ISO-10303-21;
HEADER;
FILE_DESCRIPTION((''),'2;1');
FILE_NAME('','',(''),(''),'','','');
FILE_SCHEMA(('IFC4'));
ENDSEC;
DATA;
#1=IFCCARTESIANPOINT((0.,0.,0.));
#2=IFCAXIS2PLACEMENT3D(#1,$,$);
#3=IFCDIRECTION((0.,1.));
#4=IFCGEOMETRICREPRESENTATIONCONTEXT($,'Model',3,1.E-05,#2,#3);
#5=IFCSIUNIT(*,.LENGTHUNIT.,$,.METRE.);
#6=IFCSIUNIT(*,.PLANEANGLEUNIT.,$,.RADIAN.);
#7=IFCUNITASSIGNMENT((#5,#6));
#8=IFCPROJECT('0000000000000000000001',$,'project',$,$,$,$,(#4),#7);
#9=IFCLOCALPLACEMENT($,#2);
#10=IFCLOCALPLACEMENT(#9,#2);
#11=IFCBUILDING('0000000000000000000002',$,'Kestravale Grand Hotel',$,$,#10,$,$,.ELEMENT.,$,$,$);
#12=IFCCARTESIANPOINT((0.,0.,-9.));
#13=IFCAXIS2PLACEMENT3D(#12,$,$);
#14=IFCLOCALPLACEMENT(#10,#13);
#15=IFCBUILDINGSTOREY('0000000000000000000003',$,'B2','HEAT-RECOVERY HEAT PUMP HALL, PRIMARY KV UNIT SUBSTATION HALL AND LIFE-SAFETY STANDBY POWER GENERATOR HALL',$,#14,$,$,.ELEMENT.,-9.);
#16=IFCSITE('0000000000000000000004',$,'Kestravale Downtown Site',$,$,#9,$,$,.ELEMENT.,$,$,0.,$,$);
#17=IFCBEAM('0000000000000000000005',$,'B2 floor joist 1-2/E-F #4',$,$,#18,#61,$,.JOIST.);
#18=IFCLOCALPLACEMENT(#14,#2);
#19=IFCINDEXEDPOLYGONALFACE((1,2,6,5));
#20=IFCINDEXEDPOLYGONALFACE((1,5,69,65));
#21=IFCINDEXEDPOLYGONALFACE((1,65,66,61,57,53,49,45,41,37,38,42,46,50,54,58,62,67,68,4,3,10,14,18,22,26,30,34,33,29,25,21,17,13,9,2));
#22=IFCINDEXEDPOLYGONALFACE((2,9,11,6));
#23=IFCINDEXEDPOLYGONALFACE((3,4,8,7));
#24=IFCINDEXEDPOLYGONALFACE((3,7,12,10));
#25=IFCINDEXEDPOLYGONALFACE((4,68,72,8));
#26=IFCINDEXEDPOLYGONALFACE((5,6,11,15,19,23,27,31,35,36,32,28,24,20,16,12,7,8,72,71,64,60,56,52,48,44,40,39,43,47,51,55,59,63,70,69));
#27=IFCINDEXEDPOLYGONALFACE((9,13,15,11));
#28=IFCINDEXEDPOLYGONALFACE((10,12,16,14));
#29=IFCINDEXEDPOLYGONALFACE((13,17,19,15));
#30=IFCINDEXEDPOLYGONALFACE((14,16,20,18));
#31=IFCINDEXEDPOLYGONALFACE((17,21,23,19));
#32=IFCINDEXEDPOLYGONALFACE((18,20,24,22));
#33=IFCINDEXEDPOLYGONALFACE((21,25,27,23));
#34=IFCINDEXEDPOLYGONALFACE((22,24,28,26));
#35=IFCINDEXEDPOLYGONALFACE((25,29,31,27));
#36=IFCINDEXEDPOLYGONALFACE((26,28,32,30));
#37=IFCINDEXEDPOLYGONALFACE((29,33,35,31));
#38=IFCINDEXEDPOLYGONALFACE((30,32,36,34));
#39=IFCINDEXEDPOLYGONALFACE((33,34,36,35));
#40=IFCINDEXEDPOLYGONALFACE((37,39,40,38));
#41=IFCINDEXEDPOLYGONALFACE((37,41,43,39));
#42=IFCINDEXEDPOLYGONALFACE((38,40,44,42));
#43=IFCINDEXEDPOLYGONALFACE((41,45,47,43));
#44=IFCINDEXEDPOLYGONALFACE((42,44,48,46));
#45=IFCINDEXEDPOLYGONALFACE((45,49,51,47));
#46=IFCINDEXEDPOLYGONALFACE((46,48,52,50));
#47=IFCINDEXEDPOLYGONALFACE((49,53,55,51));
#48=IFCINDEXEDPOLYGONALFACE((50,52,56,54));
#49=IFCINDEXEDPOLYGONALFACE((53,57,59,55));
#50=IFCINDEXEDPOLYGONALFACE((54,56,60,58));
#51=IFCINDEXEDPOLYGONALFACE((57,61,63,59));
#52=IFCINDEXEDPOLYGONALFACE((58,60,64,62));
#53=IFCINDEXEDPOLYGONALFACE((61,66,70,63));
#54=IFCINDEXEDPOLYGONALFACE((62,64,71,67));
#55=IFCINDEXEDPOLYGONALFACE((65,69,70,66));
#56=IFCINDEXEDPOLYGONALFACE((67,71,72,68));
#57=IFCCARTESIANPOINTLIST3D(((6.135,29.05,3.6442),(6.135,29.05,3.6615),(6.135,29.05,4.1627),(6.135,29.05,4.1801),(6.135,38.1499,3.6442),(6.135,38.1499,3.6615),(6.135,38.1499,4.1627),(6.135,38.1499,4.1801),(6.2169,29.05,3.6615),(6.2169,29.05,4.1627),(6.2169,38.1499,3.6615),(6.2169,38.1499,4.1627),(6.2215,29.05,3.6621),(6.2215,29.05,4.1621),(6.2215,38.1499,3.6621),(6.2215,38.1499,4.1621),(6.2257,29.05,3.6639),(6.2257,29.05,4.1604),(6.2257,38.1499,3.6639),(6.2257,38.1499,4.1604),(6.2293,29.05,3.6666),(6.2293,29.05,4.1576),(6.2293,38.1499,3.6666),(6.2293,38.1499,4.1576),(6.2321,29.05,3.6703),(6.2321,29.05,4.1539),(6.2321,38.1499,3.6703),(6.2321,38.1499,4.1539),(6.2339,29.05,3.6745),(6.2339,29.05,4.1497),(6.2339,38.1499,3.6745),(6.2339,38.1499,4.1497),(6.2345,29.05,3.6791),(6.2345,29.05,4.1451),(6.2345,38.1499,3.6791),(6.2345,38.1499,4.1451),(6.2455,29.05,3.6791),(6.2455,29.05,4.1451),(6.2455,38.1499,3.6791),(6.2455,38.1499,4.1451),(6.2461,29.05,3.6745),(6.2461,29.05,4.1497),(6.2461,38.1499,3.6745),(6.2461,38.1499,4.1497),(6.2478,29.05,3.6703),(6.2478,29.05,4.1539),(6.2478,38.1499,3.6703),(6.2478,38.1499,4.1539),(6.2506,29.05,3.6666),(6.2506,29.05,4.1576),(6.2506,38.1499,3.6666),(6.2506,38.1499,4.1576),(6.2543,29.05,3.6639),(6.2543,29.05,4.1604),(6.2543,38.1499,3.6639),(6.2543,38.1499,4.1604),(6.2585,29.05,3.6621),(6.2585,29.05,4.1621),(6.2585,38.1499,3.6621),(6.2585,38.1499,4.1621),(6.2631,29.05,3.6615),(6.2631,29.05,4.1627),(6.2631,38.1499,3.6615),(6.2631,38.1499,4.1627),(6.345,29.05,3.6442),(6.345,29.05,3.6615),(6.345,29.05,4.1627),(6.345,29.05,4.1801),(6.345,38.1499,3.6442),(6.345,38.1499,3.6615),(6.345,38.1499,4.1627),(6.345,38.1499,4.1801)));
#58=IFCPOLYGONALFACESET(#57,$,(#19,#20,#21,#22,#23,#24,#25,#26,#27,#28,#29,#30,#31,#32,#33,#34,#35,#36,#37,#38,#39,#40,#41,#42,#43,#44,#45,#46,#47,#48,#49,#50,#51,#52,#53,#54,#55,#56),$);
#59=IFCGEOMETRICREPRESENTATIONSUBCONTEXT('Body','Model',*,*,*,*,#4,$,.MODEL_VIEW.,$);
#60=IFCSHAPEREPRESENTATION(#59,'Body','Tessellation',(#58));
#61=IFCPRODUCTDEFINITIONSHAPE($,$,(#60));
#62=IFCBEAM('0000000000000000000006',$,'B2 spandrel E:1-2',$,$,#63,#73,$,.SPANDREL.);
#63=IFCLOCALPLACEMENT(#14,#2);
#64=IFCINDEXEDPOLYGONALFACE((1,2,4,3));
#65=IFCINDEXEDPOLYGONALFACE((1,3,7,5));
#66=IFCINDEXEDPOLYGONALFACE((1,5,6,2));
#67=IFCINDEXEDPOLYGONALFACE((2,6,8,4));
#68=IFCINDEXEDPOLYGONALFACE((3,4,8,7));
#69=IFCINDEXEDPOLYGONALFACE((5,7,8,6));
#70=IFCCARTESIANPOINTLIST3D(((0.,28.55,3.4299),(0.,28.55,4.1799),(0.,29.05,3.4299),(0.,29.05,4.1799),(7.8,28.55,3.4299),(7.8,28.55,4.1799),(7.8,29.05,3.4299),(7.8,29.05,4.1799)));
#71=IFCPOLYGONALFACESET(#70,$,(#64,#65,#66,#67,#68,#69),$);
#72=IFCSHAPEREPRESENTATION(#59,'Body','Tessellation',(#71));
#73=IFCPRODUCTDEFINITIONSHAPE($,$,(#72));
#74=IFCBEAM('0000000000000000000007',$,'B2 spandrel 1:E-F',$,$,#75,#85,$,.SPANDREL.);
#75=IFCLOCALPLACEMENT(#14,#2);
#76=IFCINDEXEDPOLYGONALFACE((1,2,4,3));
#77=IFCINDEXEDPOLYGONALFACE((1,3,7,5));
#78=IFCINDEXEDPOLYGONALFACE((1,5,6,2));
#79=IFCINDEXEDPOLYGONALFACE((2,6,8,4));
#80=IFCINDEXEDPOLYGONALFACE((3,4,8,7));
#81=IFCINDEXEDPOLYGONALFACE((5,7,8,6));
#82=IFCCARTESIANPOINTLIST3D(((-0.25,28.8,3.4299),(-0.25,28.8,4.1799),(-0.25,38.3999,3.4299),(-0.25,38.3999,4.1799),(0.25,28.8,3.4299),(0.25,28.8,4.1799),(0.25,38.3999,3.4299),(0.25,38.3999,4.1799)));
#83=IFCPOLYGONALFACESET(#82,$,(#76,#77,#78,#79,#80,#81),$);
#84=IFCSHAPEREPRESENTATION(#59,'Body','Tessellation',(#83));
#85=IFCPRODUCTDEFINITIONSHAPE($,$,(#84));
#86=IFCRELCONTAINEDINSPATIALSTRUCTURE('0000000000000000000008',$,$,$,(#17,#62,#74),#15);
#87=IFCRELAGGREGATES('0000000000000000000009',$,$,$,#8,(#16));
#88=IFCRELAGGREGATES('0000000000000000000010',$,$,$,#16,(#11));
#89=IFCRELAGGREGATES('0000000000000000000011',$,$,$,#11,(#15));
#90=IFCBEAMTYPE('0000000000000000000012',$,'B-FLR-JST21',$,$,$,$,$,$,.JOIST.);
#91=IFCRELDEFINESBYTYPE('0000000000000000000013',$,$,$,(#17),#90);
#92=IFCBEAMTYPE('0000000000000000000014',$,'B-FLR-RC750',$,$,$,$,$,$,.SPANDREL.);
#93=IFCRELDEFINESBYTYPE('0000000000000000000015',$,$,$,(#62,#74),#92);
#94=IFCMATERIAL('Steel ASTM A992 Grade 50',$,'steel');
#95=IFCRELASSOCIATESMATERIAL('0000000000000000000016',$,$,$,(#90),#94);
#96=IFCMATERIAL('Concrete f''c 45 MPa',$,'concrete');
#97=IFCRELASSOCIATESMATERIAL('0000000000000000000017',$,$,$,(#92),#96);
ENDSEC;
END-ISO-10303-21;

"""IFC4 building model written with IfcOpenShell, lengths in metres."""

from ifc_helpers import new_model, si_unit, direction, frame, origin, origin_2d, place, context, subcontext, project, spatial, rectangle, i_section, extrude, material, material_profile, profile_set, type_object, element, save


model = new_model("IFC4")

# Units and contexts
model_context = context("Model", 3, precision=1e-05, world=origin(), true_north=direction((0.0, 1.0)))
body_context = subcontext(model_context, "Body", "Model", "MODEL_VIEW")
ifc_project = project(units=[si_unit("LENGTHUNIT", "METRE"), si_unit("PLANEANGLEUNIT", "RADIAN")], contexts=[model_context])

# Site, building, storey
site_placement = place(None, origin())
site = spatial("IfcSite", under=ifc_project, at=site_placement, Name="Kestravale Downtown Site", CompositionType="ELEMENT", RefElevation=0.0)
building_placement = place(site_placement, origin())
building = spatial("IfcBuilding", under=site, at=building_placement, Name="Kestravale Grand Hotel", CompositionType="ELEMENT")
storey_placement = place(building_placement, frame((0.0, 0.0, -9.0)))
storey = spatial("IfcBuildingStorey", under=building, at=storey_placement, Name="B2", Description="HEAT-RECOVERY HEAT PUMP HALL, PRIMARY KV UNIT SUBSTATION HALL AND LIFE-SAFETY STANDBY POWER GENERATOR HALL", CompositionType="ELEMENT", Elevation=-9.0)

# Beams
ifc_material_1 = material(Name="Steel ASTM A992 Grade 50", Category="steel")
ifc_material_profile_1 = material_profile(ifc_material_1, i_section(OverallWidth=0.21, OverallDepth=0.5359, WebThickness=0.011, FlangeThickness=0.0173, FilletRadius=0.0176, at=origin_2d()))
ifc_profile_set_1 = profile_set([ifc_material_profile_1], Name="Steel ASTM A992 Grade 50")
beam_type_1 = type_object("IfcBeamType", Name="B-FLR-JST21", PredefinedType="JOIST", material=ifc_profile_set_1)
for number, where, z_axis, x_axis, name in (
    (1, (6.24, 29.05, 3.9121), (0.0, 1.0, 0.0), (-1.0, 0.0, 0.0), "B2 floor joist 1-2/E-F #4"),
):
    element("IfcBeam", number, at=place(storey_placement, frame(where, z_axis=z_axis, x_axis=x_axis)), inside=storey, type_object=beam_type_1, Name=name, PredefinedType="JOIST", context=body_context, shape_type="SweptSolid", body=[
        extrude(i_section(OverallWidth=0.21, OverallDepth=0.5359, WebThickness=0.011, FlangeThickness=0.0173, FilletRadius=0.0176, at=origin_2d()), origin(), (0.0, 0.0, 1.0), 9.0999),
    ])
ifc_material_2 = material(Name="Concrete f'c 45 MPa", Category="concrete")
ifc_material_profile_2 = material_profile(ifc_material_2, rectangle(XDim=0.5, YDim=0.75, at=origin_2d()))
ifc_profile_set_2 = profile_set([ifc_material_profile_2], Name="Concrete f'c 45 MPa")
beam_type_2 = type_object("IfcBeamType", Name="B-FLR-RC750", PredefinedType="SPANDREL", material=ifc_profile_set_2)
beam_1_placement = place(storey_placement, frame((0.0, 28.8, 3.8049), z_axis=(1.0, 0.0, 0.0), x_axis=(0.0, 1.0, 0.0)))
element("IfcBeam", 2, at=beam_1_placement, inside=storey, type_object=beam_type_2, Name="B2 spandrel E:1-2", PredefinedType="SPANDREL", context=body_context, shape_type="SweptSolid", body=[
    extrude(rectangle(XDim=0.5, YDim=0.75, at=origin_2d()), origin(), (0.0, 0.0, 1.0), 7.8),
])
beam_2_placement = place(storey_placement, frame((0.0, 28.8, 3.8049), z_axis=(0.0, 1.0, 0.0), x_axis=(-1.0, 0.0, 0.0)))
element("IfcBeam", 3, at=beam_2_placement, inside=storey, type_object=beam_type_2, Name="B2 spandrel 1:E-F", PredefinedType="SPANDREL", context=body_context, shape_type="SweptSolid", body=[
    extrude(rectangle(XDim=0.5, YDim=0.75, at=origin_2d()), origin(), (0.0, 0.0, 1.0), 9.5999),
])

save(model, "model.ifc")
